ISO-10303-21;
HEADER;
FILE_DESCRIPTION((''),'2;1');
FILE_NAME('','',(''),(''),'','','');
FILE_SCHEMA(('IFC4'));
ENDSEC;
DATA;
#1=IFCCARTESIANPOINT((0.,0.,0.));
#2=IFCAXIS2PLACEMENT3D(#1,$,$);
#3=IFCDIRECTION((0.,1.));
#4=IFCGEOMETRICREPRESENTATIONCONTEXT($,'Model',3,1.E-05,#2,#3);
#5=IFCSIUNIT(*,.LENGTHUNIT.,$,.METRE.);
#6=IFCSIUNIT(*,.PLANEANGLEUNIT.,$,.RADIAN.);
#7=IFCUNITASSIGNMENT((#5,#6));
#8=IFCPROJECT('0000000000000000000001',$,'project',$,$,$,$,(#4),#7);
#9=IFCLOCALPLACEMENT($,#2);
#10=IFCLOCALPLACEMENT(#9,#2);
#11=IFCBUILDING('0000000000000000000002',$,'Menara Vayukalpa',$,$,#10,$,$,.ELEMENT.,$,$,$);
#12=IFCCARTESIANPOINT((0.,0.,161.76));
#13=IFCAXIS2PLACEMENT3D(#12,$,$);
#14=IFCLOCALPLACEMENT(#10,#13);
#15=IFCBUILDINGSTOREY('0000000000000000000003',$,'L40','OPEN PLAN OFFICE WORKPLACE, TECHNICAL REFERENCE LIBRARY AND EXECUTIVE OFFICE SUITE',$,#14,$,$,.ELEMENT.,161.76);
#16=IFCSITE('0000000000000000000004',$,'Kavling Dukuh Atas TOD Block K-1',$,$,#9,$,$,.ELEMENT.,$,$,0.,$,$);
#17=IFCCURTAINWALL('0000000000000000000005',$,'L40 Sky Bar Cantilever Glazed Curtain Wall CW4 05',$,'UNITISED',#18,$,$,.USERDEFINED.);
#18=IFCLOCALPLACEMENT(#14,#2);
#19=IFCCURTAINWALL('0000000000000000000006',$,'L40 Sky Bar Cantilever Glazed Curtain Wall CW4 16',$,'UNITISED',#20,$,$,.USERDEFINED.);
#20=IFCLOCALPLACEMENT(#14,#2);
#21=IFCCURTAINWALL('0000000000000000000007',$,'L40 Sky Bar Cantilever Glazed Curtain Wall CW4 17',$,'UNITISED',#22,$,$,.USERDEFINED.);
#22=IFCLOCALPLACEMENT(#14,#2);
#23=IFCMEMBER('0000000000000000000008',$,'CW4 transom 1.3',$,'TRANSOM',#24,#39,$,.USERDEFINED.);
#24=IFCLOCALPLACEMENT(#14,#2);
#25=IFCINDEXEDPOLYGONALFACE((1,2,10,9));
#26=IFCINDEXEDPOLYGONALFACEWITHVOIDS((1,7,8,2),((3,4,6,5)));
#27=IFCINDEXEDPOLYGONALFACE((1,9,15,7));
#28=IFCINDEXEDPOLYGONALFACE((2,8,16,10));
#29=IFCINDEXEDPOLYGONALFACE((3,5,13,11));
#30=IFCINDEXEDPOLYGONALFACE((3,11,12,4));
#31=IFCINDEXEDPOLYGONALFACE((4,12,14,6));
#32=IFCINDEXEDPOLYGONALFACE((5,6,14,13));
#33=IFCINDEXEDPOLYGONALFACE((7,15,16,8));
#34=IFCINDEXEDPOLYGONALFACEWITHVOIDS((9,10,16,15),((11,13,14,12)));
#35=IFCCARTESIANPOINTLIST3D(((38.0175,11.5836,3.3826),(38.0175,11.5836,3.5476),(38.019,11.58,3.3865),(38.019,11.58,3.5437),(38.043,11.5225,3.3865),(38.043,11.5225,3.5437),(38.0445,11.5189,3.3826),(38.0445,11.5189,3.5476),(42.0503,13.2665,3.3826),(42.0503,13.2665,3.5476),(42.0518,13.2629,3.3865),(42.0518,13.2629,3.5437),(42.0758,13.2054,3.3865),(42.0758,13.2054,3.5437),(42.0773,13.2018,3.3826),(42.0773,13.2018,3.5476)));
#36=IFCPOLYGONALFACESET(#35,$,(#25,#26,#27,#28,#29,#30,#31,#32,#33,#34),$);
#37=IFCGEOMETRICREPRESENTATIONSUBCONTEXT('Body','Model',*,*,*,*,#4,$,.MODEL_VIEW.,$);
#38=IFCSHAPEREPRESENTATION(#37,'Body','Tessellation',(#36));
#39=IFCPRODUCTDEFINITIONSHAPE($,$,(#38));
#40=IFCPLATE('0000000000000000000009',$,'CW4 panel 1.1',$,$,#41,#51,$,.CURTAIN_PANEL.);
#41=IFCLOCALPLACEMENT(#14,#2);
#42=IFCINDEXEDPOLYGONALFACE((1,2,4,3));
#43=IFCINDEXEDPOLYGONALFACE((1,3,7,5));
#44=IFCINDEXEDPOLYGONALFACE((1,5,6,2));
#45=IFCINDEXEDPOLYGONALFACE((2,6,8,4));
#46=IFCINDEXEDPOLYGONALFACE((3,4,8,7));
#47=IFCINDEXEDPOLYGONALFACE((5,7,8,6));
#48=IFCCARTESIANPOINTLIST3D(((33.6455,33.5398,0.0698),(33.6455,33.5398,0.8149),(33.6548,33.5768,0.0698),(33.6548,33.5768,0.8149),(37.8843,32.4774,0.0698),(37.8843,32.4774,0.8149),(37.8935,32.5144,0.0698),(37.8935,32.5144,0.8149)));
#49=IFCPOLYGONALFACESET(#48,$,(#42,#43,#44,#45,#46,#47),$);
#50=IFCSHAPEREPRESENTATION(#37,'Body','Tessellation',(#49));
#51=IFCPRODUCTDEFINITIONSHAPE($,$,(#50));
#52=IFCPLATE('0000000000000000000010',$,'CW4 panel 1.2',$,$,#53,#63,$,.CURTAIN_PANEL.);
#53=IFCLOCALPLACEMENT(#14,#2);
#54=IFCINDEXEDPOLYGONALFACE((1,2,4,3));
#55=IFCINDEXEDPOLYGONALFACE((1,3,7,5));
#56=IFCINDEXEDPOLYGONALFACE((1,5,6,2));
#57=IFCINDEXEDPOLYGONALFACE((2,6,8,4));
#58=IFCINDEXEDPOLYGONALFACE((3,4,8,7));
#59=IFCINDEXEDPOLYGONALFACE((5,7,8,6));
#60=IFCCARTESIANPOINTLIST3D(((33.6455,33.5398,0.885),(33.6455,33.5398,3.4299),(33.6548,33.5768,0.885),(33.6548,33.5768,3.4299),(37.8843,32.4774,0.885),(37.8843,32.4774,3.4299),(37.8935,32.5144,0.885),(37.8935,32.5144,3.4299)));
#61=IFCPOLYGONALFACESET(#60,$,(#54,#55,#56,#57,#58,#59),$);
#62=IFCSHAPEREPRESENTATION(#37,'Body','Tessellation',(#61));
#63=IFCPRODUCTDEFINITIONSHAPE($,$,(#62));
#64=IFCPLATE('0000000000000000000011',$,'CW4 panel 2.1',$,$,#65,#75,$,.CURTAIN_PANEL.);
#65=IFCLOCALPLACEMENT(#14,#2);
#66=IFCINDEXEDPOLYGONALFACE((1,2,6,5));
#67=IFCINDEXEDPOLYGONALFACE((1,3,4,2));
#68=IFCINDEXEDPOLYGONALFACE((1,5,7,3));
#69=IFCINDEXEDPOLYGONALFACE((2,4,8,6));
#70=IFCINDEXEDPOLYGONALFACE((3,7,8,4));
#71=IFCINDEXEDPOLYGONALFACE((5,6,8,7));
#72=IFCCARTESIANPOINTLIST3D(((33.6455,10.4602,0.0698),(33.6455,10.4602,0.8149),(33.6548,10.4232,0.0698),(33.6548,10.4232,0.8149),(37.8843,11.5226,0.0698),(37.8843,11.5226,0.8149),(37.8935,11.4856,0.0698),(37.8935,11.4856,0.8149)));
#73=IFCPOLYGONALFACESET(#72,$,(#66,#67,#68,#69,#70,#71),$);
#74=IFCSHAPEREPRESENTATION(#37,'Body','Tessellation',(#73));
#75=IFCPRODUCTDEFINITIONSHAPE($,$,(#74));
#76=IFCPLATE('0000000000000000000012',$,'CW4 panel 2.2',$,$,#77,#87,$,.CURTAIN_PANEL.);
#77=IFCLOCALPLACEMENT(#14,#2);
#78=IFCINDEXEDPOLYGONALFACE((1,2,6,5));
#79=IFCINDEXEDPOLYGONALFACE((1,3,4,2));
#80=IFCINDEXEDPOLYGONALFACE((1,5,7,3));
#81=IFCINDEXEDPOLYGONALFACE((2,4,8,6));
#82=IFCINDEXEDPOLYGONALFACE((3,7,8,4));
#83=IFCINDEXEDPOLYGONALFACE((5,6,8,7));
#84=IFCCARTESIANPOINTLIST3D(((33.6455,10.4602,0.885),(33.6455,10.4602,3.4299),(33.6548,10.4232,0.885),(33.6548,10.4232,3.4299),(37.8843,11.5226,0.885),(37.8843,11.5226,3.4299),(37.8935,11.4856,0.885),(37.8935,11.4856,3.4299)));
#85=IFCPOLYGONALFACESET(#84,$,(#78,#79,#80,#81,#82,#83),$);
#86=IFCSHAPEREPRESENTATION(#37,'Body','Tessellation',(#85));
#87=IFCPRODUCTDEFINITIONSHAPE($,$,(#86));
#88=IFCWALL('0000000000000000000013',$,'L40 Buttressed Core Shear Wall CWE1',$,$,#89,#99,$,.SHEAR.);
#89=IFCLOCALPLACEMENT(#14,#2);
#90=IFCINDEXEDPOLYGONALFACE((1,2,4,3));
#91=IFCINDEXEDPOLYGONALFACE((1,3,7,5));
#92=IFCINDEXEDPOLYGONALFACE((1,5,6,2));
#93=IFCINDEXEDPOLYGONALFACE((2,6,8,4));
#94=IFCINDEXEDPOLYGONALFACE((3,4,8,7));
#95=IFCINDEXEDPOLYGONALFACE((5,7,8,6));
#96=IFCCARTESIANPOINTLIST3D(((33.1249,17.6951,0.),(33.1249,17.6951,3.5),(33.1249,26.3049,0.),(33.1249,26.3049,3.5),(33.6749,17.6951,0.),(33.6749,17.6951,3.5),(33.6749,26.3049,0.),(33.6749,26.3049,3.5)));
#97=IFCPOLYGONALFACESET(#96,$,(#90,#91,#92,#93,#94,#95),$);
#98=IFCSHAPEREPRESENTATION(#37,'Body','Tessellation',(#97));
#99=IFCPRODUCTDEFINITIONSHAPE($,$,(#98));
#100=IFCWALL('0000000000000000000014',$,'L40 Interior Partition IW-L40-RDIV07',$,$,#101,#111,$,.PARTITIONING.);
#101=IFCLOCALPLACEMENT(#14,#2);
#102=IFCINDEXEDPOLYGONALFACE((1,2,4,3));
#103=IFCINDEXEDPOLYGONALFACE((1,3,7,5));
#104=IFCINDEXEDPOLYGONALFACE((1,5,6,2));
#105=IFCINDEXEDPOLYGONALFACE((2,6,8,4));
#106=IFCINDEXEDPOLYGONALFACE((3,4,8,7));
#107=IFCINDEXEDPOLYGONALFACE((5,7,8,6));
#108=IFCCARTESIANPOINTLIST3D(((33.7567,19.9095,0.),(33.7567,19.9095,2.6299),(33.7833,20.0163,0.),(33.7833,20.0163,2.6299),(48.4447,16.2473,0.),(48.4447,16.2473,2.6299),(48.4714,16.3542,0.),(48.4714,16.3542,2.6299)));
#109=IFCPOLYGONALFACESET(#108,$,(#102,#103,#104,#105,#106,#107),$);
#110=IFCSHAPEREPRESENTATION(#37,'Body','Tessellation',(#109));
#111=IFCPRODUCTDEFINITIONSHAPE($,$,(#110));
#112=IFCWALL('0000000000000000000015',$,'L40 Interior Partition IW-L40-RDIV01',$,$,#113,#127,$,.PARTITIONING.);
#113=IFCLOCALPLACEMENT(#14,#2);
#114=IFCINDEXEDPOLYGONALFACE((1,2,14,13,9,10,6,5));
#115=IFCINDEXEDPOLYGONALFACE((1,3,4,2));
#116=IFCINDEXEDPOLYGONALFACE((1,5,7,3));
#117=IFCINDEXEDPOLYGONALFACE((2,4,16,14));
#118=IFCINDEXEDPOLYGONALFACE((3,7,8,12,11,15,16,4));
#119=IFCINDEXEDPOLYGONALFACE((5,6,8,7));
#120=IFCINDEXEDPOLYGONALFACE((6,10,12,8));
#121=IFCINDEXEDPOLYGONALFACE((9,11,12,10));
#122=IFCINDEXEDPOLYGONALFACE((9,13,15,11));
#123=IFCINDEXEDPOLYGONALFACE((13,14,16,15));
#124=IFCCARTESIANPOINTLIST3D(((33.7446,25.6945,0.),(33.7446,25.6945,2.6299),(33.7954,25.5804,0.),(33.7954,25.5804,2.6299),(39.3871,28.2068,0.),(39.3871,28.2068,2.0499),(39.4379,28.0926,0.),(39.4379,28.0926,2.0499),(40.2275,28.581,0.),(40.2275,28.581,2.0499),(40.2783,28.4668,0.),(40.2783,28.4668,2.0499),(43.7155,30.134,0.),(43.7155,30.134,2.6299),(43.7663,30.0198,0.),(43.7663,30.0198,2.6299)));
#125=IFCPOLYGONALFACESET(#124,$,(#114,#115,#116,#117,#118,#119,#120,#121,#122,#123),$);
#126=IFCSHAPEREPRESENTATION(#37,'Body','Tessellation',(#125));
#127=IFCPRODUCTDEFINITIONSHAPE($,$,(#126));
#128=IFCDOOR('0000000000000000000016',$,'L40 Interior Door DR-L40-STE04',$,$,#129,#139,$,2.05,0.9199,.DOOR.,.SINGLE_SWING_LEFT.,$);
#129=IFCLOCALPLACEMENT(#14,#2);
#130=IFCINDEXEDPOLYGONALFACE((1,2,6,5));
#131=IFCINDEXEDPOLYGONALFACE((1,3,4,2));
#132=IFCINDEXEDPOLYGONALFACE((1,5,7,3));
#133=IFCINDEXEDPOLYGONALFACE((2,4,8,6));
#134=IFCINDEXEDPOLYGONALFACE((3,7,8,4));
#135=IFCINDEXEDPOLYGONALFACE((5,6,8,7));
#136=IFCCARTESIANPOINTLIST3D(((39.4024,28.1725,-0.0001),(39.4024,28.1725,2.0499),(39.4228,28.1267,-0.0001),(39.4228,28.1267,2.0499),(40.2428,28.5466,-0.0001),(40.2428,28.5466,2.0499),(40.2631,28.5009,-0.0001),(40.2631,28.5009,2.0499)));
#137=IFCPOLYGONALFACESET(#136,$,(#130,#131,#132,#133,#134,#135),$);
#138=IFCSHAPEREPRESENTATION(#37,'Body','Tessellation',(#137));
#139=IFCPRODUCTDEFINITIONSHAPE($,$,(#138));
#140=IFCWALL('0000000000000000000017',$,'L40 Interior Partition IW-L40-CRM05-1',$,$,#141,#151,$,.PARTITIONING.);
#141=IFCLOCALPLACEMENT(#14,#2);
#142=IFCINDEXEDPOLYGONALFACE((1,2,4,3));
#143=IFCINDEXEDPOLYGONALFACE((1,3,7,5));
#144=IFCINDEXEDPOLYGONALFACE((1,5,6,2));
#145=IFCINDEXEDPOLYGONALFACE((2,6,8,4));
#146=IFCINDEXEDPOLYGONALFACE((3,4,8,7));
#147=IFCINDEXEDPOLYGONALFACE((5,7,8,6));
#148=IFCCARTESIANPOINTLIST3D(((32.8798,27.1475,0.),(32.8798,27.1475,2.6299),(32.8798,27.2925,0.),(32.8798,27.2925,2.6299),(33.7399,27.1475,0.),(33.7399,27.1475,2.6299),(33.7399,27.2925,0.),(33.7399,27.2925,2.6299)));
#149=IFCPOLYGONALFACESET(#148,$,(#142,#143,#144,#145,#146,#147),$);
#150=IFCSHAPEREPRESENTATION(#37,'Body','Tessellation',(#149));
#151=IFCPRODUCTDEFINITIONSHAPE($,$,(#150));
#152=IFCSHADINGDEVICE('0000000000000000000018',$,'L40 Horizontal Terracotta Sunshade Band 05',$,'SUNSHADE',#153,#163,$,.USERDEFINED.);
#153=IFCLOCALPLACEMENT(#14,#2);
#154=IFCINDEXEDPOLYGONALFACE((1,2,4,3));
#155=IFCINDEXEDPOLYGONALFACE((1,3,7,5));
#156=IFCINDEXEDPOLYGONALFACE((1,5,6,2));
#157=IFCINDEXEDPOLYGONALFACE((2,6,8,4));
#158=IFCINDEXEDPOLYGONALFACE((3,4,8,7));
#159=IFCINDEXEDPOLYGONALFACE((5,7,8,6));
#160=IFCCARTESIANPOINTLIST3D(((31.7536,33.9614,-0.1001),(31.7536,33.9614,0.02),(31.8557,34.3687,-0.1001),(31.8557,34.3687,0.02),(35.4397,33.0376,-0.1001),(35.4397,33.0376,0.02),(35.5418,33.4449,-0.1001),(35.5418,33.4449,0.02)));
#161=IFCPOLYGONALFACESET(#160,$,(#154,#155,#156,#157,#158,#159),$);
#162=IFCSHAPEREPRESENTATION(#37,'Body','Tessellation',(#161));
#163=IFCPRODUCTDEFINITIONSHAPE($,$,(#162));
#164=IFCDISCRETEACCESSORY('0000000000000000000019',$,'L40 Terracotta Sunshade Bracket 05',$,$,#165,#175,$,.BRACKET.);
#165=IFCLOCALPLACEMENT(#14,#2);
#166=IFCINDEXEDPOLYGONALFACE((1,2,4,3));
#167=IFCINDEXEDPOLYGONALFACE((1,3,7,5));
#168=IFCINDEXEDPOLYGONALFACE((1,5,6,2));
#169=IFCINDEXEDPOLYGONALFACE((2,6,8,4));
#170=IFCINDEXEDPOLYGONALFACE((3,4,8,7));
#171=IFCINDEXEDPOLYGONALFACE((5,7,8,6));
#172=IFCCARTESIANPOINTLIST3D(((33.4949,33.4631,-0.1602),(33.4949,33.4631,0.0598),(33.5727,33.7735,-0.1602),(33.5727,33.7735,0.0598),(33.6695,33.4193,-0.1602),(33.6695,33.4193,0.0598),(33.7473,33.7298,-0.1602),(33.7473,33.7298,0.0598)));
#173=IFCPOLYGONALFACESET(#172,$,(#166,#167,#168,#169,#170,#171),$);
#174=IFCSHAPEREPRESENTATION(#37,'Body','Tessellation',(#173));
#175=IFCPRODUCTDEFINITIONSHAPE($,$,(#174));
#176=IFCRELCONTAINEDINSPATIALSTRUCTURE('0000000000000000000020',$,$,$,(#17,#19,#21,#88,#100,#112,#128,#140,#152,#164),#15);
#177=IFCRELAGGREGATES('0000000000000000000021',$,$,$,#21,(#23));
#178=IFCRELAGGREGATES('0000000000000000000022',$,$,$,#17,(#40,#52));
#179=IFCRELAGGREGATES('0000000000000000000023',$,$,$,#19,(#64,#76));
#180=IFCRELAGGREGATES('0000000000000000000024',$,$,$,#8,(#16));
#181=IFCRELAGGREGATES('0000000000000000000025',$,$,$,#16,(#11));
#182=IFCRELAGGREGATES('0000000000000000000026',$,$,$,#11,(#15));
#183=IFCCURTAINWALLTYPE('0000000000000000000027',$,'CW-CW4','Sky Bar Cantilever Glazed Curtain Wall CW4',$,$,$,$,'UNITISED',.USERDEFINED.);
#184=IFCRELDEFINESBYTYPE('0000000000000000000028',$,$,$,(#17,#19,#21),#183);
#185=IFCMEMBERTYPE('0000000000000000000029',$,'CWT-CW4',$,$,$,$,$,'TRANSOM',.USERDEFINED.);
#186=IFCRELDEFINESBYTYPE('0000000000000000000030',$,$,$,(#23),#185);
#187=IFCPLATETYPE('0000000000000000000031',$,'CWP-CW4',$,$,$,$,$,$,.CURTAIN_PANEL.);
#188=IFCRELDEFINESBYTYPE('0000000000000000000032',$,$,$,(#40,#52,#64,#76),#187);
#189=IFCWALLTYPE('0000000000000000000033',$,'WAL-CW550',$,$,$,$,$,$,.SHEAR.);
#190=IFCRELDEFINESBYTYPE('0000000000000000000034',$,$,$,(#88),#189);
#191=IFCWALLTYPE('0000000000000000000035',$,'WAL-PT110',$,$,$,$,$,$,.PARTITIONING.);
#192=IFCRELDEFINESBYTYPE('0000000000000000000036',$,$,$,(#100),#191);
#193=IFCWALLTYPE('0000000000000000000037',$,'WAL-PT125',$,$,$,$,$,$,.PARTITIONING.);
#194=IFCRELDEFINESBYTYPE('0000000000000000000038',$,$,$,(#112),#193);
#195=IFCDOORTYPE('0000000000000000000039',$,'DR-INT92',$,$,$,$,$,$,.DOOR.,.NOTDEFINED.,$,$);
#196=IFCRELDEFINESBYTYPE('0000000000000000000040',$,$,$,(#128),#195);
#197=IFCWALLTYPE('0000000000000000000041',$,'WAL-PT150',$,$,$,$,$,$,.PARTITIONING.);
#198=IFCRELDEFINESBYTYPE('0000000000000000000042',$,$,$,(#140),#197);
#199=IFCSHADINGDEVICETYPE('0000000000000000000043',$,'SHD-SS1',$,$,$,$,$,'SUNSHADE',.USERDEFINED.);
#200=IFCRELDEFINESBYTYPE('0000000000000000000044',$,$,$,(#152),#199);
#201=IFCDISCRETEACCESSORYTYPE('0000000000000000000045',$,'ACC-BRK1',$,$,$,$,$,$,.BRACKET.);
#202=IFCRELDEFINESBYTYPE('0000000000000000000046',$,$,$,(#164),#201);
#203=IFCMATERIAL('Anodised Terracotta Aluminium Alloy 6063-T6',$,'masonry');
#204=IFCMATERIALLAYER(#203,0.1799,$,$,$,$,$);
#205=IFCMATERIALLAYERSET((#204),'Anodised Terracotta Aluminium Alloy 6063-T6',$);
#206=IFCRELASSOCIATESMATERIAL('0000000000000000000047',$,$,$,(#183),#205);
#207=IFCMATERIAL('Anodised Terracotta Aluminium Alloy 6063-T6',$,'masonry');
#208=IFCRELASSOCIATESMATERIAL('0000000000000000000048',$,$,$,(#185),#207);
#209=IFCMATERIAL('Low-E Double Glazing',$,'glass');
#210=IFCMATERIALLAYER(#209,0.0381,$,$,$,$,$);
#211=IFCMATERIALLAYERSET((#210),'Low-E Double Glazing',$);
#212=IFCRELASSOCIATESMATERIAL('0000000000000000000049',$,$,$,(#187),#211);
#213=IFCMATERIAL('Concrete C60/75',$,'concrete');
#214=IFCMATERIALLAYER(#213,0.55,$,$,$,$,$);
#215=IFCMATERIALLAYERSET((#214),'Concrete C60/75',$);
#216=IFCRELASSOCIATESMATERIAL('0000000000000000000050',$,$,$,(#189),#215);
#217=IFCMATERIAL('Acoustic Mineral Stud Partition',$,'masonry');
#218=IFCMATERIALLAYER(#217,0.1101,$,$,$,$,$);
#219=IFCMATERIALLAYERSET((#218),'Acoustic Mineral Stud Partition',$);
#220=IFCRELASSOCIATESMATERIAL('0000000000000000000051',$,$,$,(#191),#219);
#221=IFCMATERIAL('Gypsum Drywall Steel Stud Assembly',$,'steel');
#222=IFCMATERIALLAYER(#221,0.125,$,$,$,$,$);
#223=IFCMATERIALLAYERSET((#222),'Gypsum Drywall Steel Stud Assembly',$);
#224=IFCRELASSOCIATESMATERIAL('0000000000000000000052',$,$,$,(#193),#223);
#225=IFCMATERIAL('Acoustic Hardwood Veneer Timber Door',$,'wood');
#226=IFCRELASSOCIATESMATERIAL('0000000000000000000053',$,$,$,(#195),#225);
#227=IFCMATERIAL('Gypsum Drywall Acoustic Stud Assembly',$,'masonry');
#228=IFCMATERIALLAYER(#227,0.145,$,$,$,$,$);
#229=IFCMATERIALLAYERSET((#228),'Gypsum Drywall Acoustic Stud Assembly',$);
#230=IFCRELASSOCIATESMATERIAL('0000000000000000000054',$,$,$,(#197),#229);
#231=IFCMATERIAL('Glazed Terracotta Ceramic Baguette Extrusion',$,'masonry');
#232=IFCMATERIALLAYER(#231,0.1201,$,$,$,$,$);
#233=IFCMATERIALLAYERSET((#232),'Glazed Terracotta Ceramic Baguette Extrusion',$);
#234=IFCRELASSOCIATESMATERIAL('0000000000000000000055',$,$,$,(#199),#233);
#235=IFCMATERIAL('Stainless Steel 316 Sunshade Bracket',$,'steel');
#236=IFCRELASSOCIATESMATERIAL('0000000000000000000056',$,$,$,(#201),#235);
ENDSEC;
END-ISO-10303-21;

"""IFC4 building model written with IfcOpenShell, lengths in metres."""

from ifc_helpers import new_model, si_unit, direction, frame, frame_2d, origin, origin_2d, place, context, subcontext, project, spatial, rectangle, hollow_rectangle, extrude, material, layer, layer_set, material_profile, profile_set, type_object, element, fill, aggregate, save


model = new_model("IFC4")

# Units and contexts
model_context = context("Model", 3, precision=1e-05, world=origin(), true_north=direction((0.0, 1.0)))
body_context = subcontext(model_context, "Body", "Model", "MODEL_VIEW")
ifc_project = project(units=[si_unit("LENGTHUNIT", "METRE"), si_unit("PLANEANGLEUNIT", "RADIAN")], contexts=[model_context])

# Site, building, storey
site_placement = place(None, origin())
site = spatial("IfcSite", under=ifc_project, at=site_placement, Name="Kavling Dukuh Atas TOD Block K-1", CompositionType="ELEMENT", RefElevation=0.0)
building_placement = place(site_placement, origin())
building = spatial("IfcBuilding", under=site, at=building_placement, Name="Menara Vayukalpa", CompositionType="ELEMENT")
storey_placement = place(building_placement, frame((0.0, 0.0, 161.76)))
storey = spatial("IfcBuildingStorey", under=building, at=storey_placement, Name="L40", Description="OPEN PLAN OFFICE WORKPLACE, TECHNICAL REFERENCE LIBRARY AND EXECUTIVE OFFICE SUITE", CompositionType="ELEMENT", Elevation=161.76)

# Shared definitions
ifc_material_1 = material(Name="Anodised Terracotta Aluminium Alloy 6063-T6", Category="masonry")
ifc_layer_1 = layer(ifc_material_1, 0.1799)
ifc_layer_set_1 = layer_set([ifc_layer_1], Name="Anodised Terracotta Aluminium Alloy 6063-T6")
curtain_wall_type = type_object("IfcCurtainWallType", Name="CW-CW4", Description="Sky Bar Cantilever Glazed Curtain Wall CW4", ElementType="UNITISED", PredefinedType="USERDEFINED", material=ifc_layer_set_1)

# Curtain walls
curtain_wall_1_placement = place(storey_placement, origin())
curtain_wall_1 = element("IfcCurtainWall", 1, at=curtain_wall_1_placement, inside=storey, type_object=curtain_wall_type, Name="L40 Sky Bar Cantilever Glazed Curtain Wall CW4 05", ObjectType="UNITISED", PredefinedType="USERDEFINED")
curtain_wall_2_placement = place(storey_placement, origin())
curtain_wall_2 = element("IfcCurtainWall", 2, at=curtain_wall_2_placement, inside=storey, type_object=curtain_wall_type, Name="L40 Sky Bar Cantilever Glazed Curtain Wall CW4 16", ObjectType="UNITISED", PredefinedType="USERDEFINED")

# Curtain wall
curtain_wall_3_placement = place(storey_placement, origin())
curtain_wall_3 = element("IfcCurtainWall", 3, at=curtain_wall_3_placement, inside=storey, type_object=curtain_wall_type, Name="L40 Sky Bar Cantilever Glazed Curtain Wall CW4 17", ObjectType="UNITISED", PredefinedType="USERDEFINED")

# Member
ifc_material_2 = material(Name="Anodised Terracotta Aluminium Alloy 6063-T6", Category="masonry")
ifc_material_profile_1 = material_profile(ifc_material_2, hollow_rectangle(XDim=0.0701, YDim=0.165, WallThickness=0.0039, at=origin_2d()), Name="ALU 70x165x4")
ifc_profile_set_1 = profile_set([ifc_material_profile_1], Name="Anodised Terracotta Aluminium Alloy 6063-T6")
member_type_1 = type_object("IfcMemberType", Name="CWT-CW4", ElementType="TRANSOM", PredefinedType="USERDEFINED", material=ifc_profile_set_1)
member_1_placement = place(storey_placement, frame((38.031, 11.5513, 3.4651), z_axis=(0.922869, 0.385115, 0.0), x_axis=(-0.385115, 0.922869, 0.0)))
member_1 = element("IfcMember", 4, at=member_1_placement, type_object=member_type_1, Name="CW4 transom 1.3", ObjectType="TRANSOM", PredefinedType="USERDEFINED", context=body_context, shape_type="SweptSolid", body=[
    extrude(hollow_rectangle(XDim=0.0701, YDim=0.165, WallThickness=0.0039, at=origin_2d()), origin(), (0.0, 0.0, 1.0), 4.3699),
])
aggregate(curtain_wall_3, [member_1])

# Plates
ifc_material_3 = material(Name="Low-E Double Glazing", Category="glass")
ifc_layer_2 = layer(ifc_material_3, 0.0381)
ifc_layer_set_2 = layer_set([ifc_layer_2], Name="Low-E Double Glazing")
plate_type = type_object("IfcPlateType", Name="CWP-CW4", PredefinedType="CURTAIN_PANEL", material=ifc_layer_set_2)
plate_1_placement = place(storey_placement, frame((35.7695, 33.0271, 0.0698), z_axis=(0.0, 0.0, 1.0), x_axis=(-0.969998, 0.243113, 0.0)))
plate_1 = element("IfcPlate", 5, at=plate_1_placement, type_object=plate_type, Name="CW4 panel 1.1", PredefinedType="CURTAIN_PANEL", context=body_context, shape_type="SweptSolid", body=[
    extrude(rectangle(XDim=4.3699, YDim=0.0381, at=origin_2d()), origin(), (0.0, 0.0, 1.0), 0.7451),
])
plate_2_placement = place(storey_placement, frame((35.7695, 33.0271, 0.885), z_axis=(0.0, 0.0, 1.0), x_axis=(-0.969998, 0.243113, 0.0)))
plate_2 = element("IfcPlate", 6, at=plate_2_placement, type_object=plate_type, Name="CW4 panel 1.2", PredefinedType="CURTAIN_PANEL", context=body_context, shape_type="SweptSolid", body=[
    extrude(rectangle(XDim=4.3699, YDim=0.0381, at=origin_2d()), origin(), (0.0, 0.0, 1.0), 2.5449),
])
aggregate(curtain_wall_1, [plate_1, plate_2])
plate_3_placement = place(storey_placement, frame((35.7695, 10.9729, 0.0698), z_axis=(0.0, 0.0, 1.0), x_axis=(0.969998, 0.243113, 0.0)))
plate_3 = element("IfcPlate", 7, at=plate_3_placement, type_object=plate_type, Name="CW4 panel 2.1", PredefinedType="CURTAIN_PANEL", context=body_context, shape_type="SweptSolid", body=[
    extrude(rectangle(XDim=4.3699, YDim=0.0381, at=origin_2d()), origin(), (0.0, 0.0, 1.0), 0.7451),
])
plate_4_placement = place(storey_placement, frame((35.7695, 10.9729, 0.885), z_axis=(0.0, 0.0, 1.0), x_axis=(0.969998, 0.243113, 0.0)))
plate_4 = element("IfcPlate", 8, at=plate_4_placement, type_object=plate_type, Name="CW4 panel 2.2", PredefinedType="CURTAIN_PANEL", context=body_context, shape_type="SweptSolid", body=[
    extrude(rectangle(XDim=4.3699, YDim=0.0381, at=origin_2d()), origin(), (0.0, 0.0, 1.0), 2.5449),
])
aggregate(curtain_wall_2, [plate_3, plate_4])

# Walls
ifc_material_4 = material(Name="Concrete C60/75", Category="concrete")
ifc_layer_3 = layer(ifc_material_4, 0.55)
ifc_layer_set_3 = layer_set([ifc_layer_3], Name="Concrete C60/75")
wall_type_1 = type_object("IfcWallType", Name="WAL-CW550", PredefinedType="SHEAR", material=ifc_layer_set_3)
wall_1_placement = place(storey_placement, frame((33.3999, 17.6951, 0.0), z_axis=(0.0, 0.0, 1.0), x_axis=(0.0, 1.0, 0.0)))
element("IfcWall", 9, at=wall_1_placement, inside=storey, type_object=wall_type_1, Name="L40 Buttressed Core Shear Wall CWE1", PredefinedType="SHEAR", context=body_context, shape_type="SweptSolid", body=[
    extrude(rectangle(XDim=8.6099, YDim=0.55, at=frame_2d((4.3049, 0.0))), origin(), (0.0, 0.0, 1.0), 3.5),
])
ifc_material_5 = material(Name="Acoustic Mineral Stud Partition", Category="masonry")
ifc_layer_4 = layer(ifc_material_5, 0.1101)
ifc_layer_set_4 = layer_set([ifc_layer_4], Name="Acoustic Mineral Stud Partition")
wall_type_2 = type_object("IfcWallType", Name="WAL-PT110", PredefinedType="PARTITIONING", material=ifc_layer_set_4)
wall_2_placement = place(storey_placement, frame((33.77, 19.9629, 0.0), z_axis=(0.0, 0.0, 1.0), x_axis=(0.970296, -0.241921, 0.0)))
element("IfcWall", 10, at=wall_2_placement, inside=storey, type_object=wall_type_2, Name="L40 Interior Partition IW-L40-RDIV07", PredefinedType="PARTITIONING", context=body_context, shape_type="SweptSolid", body=[
    extrude(rectangle(XDim=15.1377, YDim=0.1101, at=frame_2d((7.5688, 0.0))), origin(), (0.0, 0.0, 1.0), 2.6299),
])

# Wall, opening, door
ifc_material_6 = material(Name="Gypsum Drywall Steel Stud Assembly", Category="steel")
ifc_layer_5 = layer(ifc_material_6, 0.125)
ifc_layer_set_5 = layer_set([ifc_layer_5], Name="Gypsum Drywall Steel Stud Assembly")
wall_type_3 = type_object("IfcWallType", Name="WAL-PT125", PredefinedType="PARTITIONING", material=ifc_layer_set_5)
wall_3_placement = place(storey_placement, frame((33.77, 25.6375, 0.0), z_axis=(0.0, 0.0, 1.0), x_axis=(0.913542, 0.406744, 0.0)))
wall_3 = element("IfcWall", 11, at=wall_3_placement, inside=storey, type_object=wall_type_3, Name="L40 Interior Partition IW-L40-RDIV01", PredefinedType="PARTITIONING", context=body_context, shape_type="SweptSolid", body=[
    extrude(rectangle(XDim=10.9146, YDim=0.125, at=frame_2d((5.4573, 0.0))), origin(), (0.0, 0.0, 1.0), 2.6299),
])
opening_placement = place(wall_3_placement, frame((6.1765, 0.0, 0.0)))
opening = element("IfcOpeningElement", 12, at=opening_placement, cuts=wall_3, PredefinedType="OPENING", context=body_context, shape_type="SweptSolid", body=[
    extrude(rectangle(XDim=0.9199, YDim=2.05, at=frame_2d((0.46, 1.0249))), frame((0.0, 0.0725, 0.0), z_axis=(0.0, -1.0, 0.0), x_axis=(1.0, 0.0, 0.0)), (0.0, 0.0, 1.0), 0.145),
])
ifc_material_7 = material(Name="Acoustic Hardwood Veneer Timber Door", Category="wood")
door_type = type_object("IfcDoorType", Name="DR-INT92", OperationType="NOTDEFINED", PredefinedType="DOOR", material=ifc_material_7)
door_placement = place(opening_placement, origin())
door = element("IfcDoor", 13, at=door_placement, inside=storey, type_object=door_type, Name="L40 Interior Door DR-L40-STE04", OperationType="SINGLE_SWING_LEFT", OverallHeight=2.05, OverallWidth=0.9199, PredefinedType="DOOR", context=body_context, shape_type="SweptSolid", body=[
    extrude(rectangle(XDim=0.9199, YDim=2.05, at=frame_2d((0.46, 1.0249))), frame((0.0, 0.0249, 0.0), z_axis=(0.0, -1.0, 0.0), x_axis=(1.0, 0.0, 0.0)), (0.0, 0.0, 1.0), 0.05),
])
fill(opening, door)

# Wall
ifc_material_8 = material(Name="Gypsum Drywall Acoustic Stud Assembly", Category="masonry")
ifc_layer_6 = layer(ifc_material_8, 0.145)
ifc_layer_set_6 = layer_set([ifc_layer_6], Name="Gypsum Drywall Acoustic Stud Assembly")
wall_type_4 = type_object("IfcWallType", Name="WAL-PT150", PredefinedType="PARTITIONING", material=ifc_layer_set_6)
wall_4_placement = place(storey_placement, frame((33.74, 27.22, 0.0), z_axis=(0.0, 0.0, 1.0), x_axis=(-1.0, 0.0, 0.0)))
element("IfcWall", 14, at=wall_4_placement, inside=storey, type_object=wall_type_4, Name="L40 Interior Partition IW-L40-CRM05-1", PredefinedType="PARTITIONING", context=body_context, shape_type="SweptSolid", body=[
    extrude(rectangle(XDim=0.8601, YDim=0.145, at=frame_2d((0.4302, 0.0))), origin(), (0.0, 0.0, 1.0), 2.6299),
])

# Shading device
ifc_material_9 = material(Name="Glazed Terracotta Ceramic Baguette Extrusion", Category="masonry")
ifc_layer_7 = layer(ifc_material_9, 0.1201)
ifc_layer_set_7 = layer_set([ifc_layer_7], Name="Glazed Terracotta Ceramic Baguette Extrusion")
shading_device_type = type_object("IfcShadingDeviceType", Name="SHD-SS1", ElementType="SUNSHADE", PredefinedType="USERDEFINED", material=ifc_layer_set_7)
shading_device_placement = place(storey_placement, frame((33.6477, 33.7031, -0.1001), z_axis=(0.0, 0.0, 1.0), x_axis=(-0.969999, 0.243107, 0.0)))
element("IfcShadingDevice", 15, at=shading_device_placement, inside=storey, type_object=shading_device_type, Name="L40 Horizontal Terracotta Sunshade Band 05", ObjectType="SUNSHADE", PredefinedType="USERDEFINED", context=body_context, shape_type="SweptSolid", body=[
    extrude(rectangle(XDim=3.8, YDim=0.4199, at=origin_2d()), origin(), (0.0, 0.0, 1.0), 0.1201),
])

# Discrete accessory
ifc_material_10 = material(Name="Stainless Steel 316 Sunshade Bracket", Category="steel")
discrete_accessory_type = type_object("IfcDiscreteAccessoryType", Name="ACC-BRK1", PredefinedType="BRACKET", material=ifc_material_10)
discrete_accessory_placement = place(storey_placement, frame((33.6211, 33.5964, -0.1602), z_axis=(0.0, 0.0, 1.0), x_axis=(-0.969999, 0.243107, 0.0)))
element("IfcDiscreteAccessory", 16, at=discrete_accessory_placement, inside=storey, type_object=discrete_accessory_type, Name="L40 Terracotta Sunshade Bracket 05", PredefinedType="BRACKET", context=body_context, shape_type="SweptSolid", body=[
    extrude(rectangle(XDim=0.1799, YDim=0.3201, at=origin_2d()), origin(), (0.0, 0.0, 1.0), 0.22),
])

save(model, "model.ifc")
